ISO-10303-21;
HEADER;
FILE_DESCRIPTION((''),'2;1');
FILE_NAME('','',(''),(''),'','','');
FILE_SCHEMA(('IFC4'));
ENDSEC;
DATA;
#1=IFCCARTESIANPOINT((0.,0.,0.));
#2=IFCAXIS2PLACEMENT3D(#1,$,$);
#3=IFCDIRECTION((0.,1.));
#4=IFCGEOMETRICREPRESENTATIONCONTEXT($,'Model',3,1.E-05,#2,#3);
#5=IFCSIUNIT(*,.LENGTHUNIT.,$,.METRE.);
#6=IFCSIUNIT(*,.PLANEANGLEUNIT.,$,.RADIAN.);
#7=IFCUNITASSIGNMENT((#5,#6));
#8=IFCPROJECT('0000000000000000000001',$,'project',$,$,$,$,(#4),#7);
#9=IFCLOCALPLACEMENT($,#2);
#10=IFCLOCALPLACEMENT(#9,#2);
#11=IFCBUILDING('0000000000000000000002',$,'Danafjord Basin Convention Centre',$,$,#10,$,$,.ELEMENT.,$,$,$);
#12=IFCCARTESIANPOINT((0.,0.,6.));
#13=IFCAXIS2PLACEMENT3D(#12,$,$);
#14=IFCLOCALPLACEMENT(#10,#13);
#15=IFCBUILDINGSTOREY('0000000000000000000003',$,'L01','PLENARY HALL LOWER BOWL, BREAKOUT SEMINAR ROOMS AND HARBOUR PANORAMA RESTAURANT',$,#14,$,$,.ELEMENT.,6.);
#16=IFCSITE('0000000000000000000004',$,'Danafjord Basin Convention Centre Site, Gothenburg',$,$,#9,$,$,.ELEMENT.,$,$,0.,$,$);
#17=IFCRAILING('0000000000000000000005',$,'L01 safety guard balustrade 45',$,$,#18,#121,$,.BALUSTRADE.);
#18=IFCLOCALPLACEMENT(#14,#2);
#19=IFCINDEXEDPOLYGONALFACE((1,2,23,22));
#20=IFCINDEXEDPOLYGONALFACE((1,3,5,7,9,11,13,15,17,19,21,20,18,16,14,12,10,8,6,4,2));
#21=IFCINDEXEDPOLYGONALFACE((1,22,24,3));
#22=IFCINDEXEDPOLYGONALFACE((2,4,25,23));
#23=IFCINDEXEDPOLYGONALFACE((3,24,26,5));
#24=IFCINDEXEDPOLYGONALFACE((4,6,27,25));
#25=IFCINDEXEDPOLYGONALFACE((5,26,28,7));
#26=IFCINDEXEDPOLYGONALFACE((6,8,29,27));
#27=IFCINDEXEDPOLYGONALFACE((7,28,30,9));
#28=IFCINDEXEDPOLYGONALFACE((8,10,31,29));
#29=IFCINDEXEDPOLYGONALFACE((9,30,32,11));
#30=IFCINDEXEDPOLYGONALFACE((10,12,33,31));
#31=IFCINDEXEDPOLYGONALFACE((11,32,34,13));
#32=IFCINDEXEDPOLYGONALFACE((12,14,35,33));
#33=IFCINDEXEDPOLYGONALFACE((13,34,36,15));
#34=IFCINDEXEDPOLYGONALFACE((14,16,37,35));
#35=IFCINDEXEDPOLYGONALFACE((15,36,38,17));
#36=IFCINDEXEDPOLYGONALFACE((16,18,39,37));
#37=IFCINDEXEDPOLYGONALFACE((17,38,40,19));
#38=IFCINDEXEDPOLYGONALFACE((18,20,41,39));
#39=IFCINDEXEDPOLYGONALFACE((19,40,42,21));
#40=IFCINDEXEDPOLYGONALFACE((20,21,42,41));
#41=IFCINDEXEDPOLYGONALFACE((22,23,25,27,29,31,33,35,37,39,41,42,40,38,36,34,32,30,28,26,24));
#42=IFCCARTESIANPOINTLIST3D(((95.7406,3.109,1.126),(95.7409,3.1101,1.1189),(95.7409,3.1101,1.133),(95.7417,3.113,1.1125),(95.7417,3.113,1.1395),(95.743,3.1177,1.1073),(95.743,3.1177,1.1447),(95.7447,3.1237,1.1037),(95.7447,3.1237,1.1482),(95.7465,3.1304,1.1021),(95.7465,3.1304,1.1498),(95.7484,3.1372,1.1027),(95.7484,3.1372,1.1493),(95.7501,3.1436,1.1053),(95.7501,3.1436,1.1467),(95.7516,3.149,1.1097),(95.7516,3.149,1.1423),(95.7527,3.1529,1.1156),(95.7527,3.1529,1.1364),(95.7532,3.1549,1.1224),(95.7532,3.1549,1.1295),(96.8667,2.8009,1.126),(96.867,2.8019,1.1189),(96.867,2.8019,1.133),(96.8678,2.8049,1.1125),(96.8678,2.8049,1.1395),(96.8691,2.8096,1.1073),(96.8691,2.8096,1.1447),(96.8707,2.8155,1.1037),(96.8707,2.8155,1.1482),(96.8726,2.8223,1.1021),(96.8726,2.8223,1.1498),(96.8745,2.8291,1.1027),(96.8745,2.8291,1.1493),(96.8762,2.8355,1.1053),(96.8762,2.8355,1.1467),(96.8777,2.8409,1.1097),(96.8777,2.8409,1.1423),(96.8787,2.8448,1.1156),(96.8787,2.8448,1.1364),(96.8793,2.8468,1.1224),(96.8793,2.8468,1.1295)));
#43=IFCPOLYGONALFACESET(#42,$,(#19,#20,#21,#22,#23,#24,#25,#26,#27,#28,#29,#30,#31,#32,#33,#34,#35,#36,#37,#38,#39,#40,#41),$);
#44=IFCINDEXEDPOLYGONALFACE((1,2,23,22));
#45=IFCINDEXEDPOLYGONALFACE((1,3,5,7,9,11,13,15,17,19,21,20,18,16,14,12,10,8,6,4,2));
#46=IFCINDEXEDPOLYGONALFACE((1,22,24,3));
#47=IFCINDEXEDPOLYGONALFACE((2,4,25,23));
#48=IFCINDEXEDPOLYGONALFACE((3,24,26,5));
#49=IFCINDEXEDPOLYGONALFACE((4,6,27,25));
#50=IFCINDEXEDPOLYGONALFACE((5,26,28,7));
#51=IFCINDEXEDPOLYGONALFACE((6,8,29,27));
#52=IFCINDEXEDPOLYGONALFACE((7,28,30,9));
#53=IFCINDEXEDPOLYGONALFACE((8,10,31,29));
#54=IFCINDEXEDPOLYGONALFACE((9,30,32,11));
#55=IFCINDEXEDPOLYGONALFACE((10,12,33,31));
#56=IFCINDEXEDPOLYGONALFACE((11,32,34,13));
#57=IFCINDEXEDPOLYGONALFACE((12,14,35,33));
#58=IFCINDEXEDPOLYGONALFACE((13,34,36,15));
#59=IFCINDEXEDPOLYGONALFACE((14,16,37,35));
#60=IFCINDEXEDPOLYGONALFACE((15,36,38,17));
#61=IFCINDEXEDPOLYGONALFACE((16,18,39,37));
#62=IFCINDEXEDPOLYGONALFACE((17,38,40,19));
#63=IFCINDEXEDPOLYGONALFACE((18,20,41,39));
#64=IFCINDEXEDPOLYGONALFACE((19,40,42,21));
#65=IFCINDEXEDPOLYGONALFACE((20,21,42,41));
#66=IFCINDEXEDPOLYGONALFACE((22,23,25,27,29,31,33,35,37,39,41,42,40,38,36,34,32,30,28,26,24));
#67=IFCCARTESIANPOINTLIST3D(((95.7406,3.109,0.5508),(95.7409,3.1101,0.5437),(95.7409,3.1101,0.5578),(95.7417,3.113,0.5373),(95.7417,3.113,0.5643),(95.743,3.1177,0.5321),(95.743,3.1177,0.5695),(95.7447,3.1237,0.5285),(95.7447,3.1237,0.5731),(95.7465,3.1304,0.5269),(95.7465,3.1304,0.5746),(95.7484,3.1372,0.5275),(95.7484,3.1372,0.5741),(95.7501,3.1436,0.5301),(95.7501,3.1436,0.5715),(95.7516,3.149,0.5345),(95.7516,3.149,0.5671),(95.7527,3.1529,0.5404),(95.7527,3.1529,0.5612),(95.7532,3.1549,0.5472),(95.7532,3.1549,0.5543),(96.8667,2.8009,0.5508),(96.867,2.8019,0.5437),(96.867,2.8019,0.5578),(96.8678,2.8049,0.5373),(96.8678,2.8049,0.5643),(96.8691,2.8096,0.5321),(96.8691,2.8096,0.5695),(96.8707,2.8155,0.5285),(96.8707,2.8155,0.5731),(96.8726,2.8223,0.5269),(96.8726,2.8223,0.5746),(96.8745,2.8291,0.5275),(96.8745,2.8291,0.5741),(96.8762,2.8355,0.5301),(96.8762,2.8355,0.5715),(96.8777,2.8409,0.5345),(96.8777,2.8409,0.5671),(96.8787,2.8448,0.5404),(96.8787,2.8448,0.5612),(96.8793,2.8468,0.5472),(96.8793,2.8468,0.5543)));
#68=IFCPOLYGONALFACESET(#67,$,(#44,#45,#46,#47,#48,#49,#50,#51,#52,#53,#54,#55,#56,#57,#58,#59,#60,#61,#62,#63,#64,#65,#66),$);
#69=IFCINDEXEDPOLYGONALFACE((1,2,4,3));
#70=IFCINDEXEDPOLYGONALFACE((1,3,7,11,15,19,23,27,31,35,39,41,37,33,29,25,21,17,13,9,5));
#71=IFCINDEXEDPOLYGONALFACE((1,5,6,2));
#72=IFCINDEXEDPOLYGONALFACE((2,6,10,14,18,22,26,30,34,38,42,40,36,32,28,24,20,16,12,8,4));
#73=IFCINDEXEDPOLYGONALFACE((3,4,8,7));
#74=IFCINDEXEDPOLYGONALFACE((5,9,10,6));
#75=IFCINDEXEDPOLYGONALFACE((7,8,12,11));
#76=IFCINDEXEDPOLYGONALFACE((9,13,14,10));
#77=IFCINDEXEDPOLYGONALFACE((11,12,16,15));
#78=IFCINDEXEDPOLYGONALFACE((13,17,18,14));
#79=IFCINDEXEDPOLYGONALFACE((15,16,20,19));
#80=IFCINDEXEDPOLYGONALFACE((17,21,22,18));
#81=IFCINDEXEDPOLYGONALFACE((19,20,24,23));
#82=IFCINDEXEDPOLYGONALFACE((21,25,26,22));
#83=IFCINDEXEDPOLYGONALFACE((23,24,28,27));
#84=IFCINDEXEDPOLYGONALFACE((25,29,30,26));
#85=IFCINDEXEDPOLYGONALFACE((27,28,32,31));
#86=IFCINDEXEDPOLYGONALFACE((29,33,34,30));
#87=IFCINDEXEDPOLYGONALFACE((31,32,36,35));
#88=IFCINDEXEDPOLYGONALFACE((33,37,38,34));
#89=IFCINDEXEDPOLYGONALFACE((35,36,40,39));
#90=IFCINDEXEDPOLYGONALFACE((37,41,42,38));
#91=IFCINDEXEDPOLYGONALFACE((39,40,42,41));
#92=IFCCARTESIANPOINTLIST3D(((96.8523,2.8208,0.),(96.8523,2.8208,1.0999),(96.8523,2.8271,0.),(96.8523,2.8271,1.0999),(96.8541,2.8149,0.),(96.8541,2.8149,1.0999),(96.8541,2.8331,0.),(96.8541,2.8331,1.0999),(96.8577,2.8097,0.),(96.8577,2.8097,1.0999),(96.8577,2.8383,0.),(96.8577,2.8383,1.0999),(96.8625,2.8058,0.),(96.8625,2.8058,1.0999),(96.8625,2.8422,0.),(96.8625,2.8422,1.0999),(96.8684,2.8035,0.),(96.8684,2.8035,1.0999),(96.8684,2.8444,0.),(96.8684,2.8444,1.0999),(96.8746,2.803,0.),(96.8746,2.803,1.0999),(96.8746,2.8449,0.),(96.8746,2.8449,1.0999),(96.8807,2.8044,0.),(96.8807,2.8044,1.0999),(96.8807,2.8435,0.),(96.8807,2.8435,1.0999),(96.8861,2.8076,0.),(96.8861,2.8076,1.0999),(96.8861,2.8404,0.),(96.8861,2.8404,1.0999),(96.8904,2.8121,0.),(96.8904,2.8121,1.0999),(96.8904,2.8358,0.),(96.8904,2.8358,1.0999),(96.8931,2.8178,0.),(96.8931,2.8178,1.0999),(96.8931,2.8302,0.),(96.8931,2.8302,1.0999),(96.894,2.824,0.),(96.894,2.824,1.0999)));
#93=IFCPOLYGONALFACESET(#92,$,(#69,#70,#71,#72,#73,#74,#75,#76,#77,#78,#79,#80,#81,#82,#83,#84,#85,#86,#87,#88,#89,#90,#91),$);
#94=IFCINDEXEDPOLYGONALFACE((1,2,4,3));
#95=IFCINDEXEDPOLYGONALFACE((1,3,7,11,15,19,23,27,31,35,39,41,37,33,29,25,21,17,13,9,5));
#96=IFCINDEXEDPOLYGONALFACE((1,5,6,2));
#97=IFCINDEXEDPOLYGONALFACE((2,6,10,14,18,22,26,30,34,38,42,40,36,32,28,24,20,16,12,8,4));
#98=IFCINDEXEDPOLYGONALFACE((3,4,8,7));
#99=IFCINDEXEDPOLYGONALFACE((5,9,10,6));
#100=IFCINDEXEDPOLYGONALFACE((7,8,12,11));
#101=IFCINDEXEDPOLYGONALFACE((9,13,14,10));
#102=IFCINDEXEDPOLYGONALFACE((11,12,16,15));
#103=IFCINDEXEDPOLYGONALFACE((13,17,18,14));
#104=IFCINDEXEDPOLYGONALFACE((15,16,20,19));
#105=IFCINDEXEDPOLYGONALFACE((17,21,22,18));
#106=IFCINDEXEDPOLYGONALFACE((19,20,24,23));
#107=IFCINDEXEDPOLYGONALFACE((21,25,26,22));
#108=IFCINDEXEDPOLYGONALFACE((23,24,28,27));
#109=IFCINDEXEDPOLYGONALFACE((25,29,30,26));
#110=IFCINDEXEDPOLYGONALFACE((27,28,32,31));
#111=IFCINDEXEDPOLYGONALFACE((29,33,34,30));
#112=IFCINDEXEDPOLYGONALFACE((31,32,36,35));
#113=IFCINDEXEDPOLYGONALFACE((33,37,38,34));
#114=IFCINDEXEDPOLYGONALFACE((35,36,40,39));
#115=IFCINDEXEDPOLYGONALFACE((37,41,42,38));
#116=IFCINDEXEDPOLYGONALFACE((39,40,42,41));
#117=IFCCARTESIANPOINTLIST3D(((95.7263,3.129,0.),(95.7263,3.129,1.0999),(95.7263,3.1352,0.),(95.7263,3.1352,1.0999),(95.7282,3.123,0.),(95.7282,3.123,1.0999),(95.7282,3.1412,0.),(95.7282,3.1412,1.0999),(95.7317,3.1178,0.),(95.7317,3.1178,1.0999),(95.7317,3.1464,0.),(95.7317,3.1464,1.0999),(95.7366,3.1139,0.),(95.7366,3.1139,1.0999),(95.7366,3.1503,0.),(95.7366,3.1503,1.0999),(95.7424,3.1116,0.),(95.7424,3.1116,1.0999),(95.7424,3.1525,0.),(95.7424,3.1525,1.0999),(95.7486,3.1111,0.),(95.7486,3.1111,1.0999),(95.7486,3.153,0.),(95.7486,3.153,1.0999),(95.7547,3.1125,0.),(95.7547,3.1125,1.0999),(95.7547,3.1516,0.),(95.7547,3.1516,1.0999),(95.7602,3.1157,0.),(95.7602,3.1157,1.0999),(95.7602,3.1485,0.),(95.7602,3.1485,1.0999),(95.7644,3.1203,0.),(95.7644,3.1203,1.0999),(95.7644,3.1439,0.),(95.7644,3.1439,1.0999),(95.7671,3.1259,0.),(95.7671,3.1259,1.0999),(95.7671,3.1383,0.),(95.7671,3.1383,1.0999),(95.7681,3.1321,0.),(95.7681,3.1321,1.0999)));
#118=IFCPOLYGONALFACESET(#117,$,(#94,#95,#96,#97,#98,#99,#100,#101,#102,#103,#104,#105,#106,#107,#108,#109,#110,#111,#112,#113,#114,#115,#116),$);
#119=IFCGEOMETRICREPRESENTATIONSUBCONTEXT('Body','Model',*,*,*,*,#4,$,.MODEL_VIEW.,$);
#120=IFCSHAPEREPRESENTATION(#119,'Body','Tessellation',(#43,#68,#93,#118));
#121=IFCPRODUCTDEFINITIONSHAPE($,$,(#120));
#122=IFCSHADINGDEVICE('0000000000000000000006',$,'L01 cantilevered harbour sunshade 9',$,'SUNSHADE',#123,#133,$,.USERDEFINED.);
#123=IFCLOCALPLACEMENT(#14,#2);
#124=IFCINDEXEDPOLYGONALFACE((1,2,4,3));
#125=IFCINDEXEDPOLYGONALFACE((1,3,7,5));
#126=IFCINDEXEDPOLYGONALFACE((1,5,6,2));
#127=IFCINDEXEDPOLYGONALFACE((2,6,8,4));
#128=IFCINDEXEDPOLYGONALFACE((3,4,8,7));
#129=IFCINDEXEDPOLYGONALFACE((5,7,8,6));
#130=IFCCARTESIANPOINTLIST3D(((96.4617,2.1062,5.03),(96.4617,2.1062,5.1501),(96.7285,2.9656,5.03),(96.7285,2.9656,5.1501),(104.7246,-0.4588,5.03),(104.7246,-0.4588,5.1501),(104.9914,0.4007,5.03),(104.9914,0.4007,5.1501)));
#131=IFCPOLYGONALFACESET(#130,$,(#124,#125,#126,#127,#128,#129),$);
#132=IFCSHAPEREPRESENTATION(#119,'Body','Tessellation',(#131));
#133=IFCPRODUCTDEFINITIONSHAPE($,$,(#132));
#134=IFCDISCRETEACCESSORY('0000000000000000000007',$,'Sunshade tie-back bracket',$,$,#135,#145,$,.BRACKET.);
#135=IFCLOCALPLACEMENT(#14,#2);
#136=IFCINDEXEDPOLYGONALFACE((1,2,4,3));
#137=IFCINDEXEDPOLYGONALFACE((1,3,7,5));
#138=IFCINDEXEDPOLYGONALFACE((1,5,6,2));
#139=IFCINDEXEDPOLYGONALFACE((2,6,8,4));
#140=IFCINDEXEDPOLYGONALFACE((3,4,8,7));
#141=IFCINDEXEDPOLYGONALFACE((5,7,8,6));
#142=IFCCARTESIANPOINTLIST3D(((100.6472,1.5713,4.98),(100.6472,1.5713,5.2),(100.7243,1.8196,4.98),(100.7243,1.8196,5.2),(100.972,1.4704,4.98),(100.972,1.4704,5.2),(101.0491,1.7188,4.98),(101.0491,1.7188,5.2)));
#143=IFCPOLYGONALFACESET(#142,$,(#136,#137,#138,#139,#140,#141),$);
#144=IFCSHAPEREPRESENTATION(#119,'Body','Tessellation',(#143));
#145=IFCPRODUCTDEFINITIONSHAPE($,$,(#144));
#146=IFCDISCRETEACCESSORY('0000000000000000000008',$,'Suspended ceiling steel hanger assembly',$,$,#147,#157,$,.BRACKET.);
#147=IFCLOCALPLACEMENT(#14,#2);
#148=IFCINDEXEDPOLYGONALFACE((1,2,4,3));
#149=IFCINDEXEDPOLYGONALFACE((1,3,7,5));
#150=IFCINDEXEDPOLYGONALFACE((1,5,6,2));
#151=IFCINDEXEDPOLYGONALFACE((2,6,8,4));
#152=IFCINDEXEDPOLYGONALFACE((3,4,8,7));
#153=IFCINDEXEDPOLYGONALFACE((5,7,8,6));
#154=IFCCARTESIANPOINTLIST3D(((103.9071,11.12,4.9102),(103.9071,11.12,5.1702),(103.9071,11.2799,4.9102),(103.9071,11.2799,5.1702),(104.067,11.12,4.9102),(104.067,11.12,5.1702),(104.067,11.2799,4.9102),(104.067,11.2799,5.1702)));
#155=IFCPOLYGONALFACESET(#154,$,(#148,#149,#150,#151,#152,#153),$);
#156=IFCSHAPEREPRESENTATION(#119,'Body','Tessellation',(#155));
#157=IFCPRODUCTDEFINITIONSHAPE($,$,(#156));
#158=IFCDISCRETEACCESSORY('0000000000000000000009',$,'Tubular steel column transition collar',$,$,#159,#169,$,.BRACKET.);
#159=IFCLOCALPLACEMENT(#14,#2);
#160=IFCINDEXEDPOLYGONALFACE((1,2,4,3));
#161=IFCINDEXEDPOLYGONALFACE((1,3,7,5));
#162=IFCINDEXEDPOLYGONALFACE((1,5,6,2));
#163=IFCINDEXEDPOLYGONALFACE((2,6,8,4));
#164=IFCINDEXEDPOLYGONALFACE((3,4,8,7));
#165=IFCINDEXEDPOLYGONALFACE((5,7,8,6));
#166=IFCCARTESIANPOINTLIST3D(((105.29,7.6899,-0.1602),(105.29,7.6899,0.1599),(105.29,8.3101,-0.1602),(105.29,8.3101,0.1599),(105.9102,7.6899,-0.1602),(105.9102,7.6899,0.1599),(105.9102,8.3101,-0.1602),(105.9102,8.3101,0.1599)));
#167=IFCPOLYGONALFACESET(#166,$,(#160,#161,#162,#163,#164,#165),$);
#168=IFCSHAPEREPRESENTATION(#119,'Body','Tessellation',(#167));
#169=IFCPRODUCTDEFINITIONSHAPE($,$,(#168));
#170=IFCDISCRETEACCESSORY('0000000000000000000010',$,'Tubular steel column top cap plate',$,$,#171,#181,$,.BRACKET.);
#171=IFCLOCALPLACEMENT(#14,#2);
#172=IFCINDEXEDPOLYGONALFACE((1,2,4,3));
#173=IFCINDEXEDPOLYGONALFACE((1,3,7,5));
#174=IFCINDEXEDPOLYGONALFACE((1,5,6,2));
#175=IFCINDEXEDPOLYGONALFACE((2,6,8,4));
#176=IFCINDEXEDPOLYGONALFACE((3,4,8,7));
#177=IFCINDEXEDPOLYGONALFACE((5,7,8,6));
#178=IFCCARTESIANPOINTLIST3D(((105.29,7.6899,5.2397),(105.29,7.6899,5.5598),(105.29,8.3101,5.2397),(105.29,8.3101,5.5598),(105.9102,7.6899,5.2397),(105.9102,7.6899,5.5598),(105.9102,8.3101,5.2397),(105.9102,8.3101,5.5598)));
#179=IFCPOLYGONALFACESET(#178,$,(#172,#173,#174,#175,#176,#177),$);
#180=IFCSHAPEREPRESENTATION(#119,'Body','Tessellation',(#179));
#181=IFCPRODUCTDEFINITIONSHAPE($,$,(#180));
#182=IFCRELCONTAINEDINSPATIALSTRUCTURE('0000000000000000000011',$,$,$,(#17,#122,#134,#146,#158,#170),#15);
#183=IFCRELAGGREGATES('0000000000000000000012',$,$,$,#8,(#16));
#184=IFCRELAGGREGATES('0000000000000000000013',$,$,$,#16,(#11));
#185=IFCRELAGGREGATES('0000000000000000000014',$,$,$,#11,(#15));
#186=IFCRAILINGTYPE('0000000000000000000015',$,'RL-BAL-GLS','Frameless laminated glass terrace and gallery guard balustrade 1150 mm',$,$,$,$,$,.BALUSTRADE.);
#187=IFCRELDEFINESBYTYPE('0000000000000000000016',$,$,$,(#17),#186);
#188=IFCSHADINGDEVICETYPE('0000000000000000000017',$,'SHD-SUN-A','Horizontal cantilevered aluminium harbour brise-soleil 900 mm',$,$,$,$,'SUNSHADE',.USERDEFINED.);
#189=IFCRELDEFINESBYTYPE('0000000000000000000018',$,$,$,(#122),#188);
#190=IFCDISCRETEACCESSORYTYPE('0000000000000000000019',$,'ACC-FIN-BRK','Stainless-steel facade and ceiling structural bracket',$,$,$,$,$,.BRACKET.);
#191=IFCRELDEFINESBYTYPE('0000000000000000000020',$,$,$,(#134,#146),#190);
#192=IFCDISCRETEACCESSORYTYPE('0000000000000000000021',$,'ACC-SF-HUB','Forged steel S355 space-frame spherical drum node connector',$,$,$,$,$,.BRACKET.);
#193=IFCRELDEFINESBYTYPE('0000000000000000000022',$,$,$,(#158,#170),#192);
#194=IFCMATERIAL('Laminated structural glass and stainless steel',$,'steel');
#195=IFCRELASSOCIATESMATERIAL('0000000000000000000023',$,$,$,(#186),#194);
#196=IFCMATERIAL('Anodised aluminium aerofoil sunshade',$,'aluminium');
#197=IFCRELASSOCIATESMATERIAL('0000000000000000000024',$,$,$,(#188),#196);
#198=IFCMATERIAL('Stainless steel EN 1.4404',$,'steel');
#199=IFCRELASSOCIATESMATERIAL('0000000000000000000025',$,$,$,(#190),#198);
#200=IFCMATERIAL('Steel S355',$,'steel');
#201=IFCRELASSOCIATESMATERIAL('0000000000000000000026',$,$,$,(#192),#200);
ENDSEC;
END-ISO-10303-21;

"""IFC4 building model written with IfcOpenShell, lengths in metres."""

from ifc_helpers import new_model, si_unit, direction, frame, origin, origin_2d, place, context, subcontext, project, spatial, rectangle, circle, extrude, material, type_object, element, save


model = new_model("IFC4")

# Units and contexts
model_context = context("Model", 3, precision=1e-05, world=origin(), true_north=direction((0.0, 1.0)))
body_context = subcontext(model_context, "Body", "Model", "MODEL_VIEW")
ifc_project = project(units=[si_unit("LENGTHUNIT", "METRE"), si_unit("PLANEANGLEUNIT", "RADIAN")], contexts=[model_context])

# Site, building, storey
site_placement = place(None, origin())
site = spatial("IfcSite", under=ifc_project, at=site_placement, Name="Danafjord Basin Convention Centre Site, Gothenburg", CompositionType="ELEMENT", RefElevation=0.0)
building_placement = place(site_placement, origin())
building = spatial("IfcBuilding", under=site, at=building_placement, Name="Danafjord Basin Convention Centre", CompositionType="ELEMENT")
storey_placement = place(building_placement, frame((0.0, 0.0, 6.0)))
storey = spatial("IfcBuildingStorey", under=building, at=storey_placement, Name="L01", Description="PLENARY HALL LOWER BOWL, BREAKOUT SEMINAR ROOMS AND HARBOUR PANORAMA RESTAURANT", CompositionType="ELEMENT", Elevation=6.0)

# Shared definitions
ifc_material_1 = material(Name="Steel S355", Category="steel")

# Railing
ifc_material_2 = material(Name="Laminated structural glass and stainless steel", Category="steel")
railing_type = type_object("IfcRailingType", Name="RL-BAL-GLS", Description="Frameless laminated glass terrace and gallery guard balustrade 1150 mm", PredefinedType="BALUSTRADE", material=ifc_material_2)
railing_placement = place(storey_placement, frame((96.873, 2.824, 0.0)))
element("IfcRailing", 1, at=railing_placement, inside=storey, type_object=railing_type, Name="L01 safety guard balustrade 45", PredefinedType="BALUSTRADE", context=body_context, shape_type="SweptSolid", body=[
    extrude(circle(Radius=0.0239, at=origin_2d()), frame((0.0, 0.0, 1.126), z_axis=(-0.964541, 0.263931, 0.0), x_axis=(-0.263931, -0.964541, 0.0)), (0.0, 0.0, 1.0), 1.1675),
    extrude(circle(Radius=0.0239, at=origin_2d()), frame((0.0, 0.0, 0.5508), z_axis=(-0.964541, 0.263931, 0.0), x_axis=(-0.263931, -0.964541, 0.0)), (0.0, 0.0, 1.0), 1.1675),
    extrude(circle(Radius=0.021, at=origin_2d()), origin(), (0.0, 0.0, 1.0), 1.0999),
    extrude(circle(Radius=0.021, at=origin_2d()), frame((-1.126, 0.3081, 0.0)), (0.0, 0.0, 1.0), 1.0999),
])

# Shading device
ifc_material_3 = material(Name="Anodised aluminium aerofoil sunshade", Category="aluminium")
shading_device_type = type_object("IfcShadingDeviceType", Name="SHD-SUN-A", Description="Horizontal cantilevered aluminium harbour brise-soleil 900 mm", ElementType="SUNSHADE", PredefinedType="USERDEFINED", material=ifc_material_3)
shading_device_placement = place(storey_placement, frame((100.7266, 1.2534, 5.03), z_axis=(0.0, 0.0, 1.0), x_axis=(0.955045, -0.296462, 0.0)))
element("IfcShadingDevice", 2, at=shading_device_placement, inside=storey, type_object=shading_device_type, Name="L01 cantilevered harbour sunshade 9", ObjectType="SUNSHADE", PredefinedType="USERDEFINED", context=body_context, shape_type="SweptSolid", body=[
    extrude(rectangle(XDim=8.6519, YDim=0.8999, at=origin_2d()), origin(), (0.0, 0.0, 1.0), 0.1201),
])

# Discrete accessories
ifc_material_4 = material(Name="Stainless steel EN 1.4404", Category="steel")
discrete_accessory_type_1 = type_object("IfcDiscreteAccessoryType", Name="ACC-FIN-BRK", Description="Stainless-steel facade and ceiling structural bracket", PredefinedType="BRACKET", material=ifc_material_4)
discrete_accessory_1_placement = place(storey_placement, frame((100.8481, 1.645, 4.98), z_axis=(0.0, 0.0, 1.0), x_axis=(0.955045, -0.296462, 0.0)))
element("IfcDiscreteAccessory", 3, at=discrete_accessory_1_placement, inside=storey, type_object=discrete_accessory_type_1, Name="Sunshade tie-back bracket", PredefinedType="BRACKET", context=body_context, shape_type="SweptSolid", body=[
    extrude(rectangle(XDim=0.3401, YDim=0.26, at=origin_2d()), origin(), (0.0, 0.0, 1.0), 0.22),
])
discrete_accessory_2_placement = place(storey_placement, frame((103.9871, 11.2, 4.9102), z_axis=(0.0, 0.0, 1.0), x_axis=(1.0, 0.0, 0.0)))
element("IfcDiscreteAccessory", 4, at=discrete_accessory_2_placement, inside=storey, type_object=discrete_accessory_type_1, Name="Suspended ceiling steel hanger assembly", PredefinedType="BRACKET", context=body_context, shape_type="SweptSolid", body=[
    extrude(rectangle(XDim=0.1599, YDim=0.1599, at=origin_2d()), origin(), (0.0, 0.0, 1.0), 0.26),
])
discrete_accessory_type_2 = type_object("IfcDiscreteAccessoryType", Name="ACC-SF-HUB", Description="Forged steel S355 space-frame spherical drum node connector", PredefinedType="BRACKET", material=ifc_material_1)
for number, where, z_axis, x_axis, name in (
    (5, (105.6001, 8.0, -0.1602), (0.0, 0.0, 1.0), (1.0, 0.0, 0.0), "Tubular steel column transition collar"),
    (6, (105.6001, 8.0, 5.2397), (0.0, 0.0, 1.0), (1.0, 0.0, 0.0), "Tubular steel column top cap plate"),
):
    element("IfcDiscreteAccessory", number, at=place(storey_placement, frame(where, z_axis=z_axis, x_axis=x_axis)), inside=storey, type_object=discrete_accessory_type_2, Name=name, PredefinedType="BRACKET", context=body_context, shape_type="SweptSolid", body=[
        extrude(rectangle(XDim=0.6201, YDim=0.6201, at=origin_2d()), origin(), (0.0, 0.0, 1.0), 0.3201),
    ])

save(model, "model.ifc")
